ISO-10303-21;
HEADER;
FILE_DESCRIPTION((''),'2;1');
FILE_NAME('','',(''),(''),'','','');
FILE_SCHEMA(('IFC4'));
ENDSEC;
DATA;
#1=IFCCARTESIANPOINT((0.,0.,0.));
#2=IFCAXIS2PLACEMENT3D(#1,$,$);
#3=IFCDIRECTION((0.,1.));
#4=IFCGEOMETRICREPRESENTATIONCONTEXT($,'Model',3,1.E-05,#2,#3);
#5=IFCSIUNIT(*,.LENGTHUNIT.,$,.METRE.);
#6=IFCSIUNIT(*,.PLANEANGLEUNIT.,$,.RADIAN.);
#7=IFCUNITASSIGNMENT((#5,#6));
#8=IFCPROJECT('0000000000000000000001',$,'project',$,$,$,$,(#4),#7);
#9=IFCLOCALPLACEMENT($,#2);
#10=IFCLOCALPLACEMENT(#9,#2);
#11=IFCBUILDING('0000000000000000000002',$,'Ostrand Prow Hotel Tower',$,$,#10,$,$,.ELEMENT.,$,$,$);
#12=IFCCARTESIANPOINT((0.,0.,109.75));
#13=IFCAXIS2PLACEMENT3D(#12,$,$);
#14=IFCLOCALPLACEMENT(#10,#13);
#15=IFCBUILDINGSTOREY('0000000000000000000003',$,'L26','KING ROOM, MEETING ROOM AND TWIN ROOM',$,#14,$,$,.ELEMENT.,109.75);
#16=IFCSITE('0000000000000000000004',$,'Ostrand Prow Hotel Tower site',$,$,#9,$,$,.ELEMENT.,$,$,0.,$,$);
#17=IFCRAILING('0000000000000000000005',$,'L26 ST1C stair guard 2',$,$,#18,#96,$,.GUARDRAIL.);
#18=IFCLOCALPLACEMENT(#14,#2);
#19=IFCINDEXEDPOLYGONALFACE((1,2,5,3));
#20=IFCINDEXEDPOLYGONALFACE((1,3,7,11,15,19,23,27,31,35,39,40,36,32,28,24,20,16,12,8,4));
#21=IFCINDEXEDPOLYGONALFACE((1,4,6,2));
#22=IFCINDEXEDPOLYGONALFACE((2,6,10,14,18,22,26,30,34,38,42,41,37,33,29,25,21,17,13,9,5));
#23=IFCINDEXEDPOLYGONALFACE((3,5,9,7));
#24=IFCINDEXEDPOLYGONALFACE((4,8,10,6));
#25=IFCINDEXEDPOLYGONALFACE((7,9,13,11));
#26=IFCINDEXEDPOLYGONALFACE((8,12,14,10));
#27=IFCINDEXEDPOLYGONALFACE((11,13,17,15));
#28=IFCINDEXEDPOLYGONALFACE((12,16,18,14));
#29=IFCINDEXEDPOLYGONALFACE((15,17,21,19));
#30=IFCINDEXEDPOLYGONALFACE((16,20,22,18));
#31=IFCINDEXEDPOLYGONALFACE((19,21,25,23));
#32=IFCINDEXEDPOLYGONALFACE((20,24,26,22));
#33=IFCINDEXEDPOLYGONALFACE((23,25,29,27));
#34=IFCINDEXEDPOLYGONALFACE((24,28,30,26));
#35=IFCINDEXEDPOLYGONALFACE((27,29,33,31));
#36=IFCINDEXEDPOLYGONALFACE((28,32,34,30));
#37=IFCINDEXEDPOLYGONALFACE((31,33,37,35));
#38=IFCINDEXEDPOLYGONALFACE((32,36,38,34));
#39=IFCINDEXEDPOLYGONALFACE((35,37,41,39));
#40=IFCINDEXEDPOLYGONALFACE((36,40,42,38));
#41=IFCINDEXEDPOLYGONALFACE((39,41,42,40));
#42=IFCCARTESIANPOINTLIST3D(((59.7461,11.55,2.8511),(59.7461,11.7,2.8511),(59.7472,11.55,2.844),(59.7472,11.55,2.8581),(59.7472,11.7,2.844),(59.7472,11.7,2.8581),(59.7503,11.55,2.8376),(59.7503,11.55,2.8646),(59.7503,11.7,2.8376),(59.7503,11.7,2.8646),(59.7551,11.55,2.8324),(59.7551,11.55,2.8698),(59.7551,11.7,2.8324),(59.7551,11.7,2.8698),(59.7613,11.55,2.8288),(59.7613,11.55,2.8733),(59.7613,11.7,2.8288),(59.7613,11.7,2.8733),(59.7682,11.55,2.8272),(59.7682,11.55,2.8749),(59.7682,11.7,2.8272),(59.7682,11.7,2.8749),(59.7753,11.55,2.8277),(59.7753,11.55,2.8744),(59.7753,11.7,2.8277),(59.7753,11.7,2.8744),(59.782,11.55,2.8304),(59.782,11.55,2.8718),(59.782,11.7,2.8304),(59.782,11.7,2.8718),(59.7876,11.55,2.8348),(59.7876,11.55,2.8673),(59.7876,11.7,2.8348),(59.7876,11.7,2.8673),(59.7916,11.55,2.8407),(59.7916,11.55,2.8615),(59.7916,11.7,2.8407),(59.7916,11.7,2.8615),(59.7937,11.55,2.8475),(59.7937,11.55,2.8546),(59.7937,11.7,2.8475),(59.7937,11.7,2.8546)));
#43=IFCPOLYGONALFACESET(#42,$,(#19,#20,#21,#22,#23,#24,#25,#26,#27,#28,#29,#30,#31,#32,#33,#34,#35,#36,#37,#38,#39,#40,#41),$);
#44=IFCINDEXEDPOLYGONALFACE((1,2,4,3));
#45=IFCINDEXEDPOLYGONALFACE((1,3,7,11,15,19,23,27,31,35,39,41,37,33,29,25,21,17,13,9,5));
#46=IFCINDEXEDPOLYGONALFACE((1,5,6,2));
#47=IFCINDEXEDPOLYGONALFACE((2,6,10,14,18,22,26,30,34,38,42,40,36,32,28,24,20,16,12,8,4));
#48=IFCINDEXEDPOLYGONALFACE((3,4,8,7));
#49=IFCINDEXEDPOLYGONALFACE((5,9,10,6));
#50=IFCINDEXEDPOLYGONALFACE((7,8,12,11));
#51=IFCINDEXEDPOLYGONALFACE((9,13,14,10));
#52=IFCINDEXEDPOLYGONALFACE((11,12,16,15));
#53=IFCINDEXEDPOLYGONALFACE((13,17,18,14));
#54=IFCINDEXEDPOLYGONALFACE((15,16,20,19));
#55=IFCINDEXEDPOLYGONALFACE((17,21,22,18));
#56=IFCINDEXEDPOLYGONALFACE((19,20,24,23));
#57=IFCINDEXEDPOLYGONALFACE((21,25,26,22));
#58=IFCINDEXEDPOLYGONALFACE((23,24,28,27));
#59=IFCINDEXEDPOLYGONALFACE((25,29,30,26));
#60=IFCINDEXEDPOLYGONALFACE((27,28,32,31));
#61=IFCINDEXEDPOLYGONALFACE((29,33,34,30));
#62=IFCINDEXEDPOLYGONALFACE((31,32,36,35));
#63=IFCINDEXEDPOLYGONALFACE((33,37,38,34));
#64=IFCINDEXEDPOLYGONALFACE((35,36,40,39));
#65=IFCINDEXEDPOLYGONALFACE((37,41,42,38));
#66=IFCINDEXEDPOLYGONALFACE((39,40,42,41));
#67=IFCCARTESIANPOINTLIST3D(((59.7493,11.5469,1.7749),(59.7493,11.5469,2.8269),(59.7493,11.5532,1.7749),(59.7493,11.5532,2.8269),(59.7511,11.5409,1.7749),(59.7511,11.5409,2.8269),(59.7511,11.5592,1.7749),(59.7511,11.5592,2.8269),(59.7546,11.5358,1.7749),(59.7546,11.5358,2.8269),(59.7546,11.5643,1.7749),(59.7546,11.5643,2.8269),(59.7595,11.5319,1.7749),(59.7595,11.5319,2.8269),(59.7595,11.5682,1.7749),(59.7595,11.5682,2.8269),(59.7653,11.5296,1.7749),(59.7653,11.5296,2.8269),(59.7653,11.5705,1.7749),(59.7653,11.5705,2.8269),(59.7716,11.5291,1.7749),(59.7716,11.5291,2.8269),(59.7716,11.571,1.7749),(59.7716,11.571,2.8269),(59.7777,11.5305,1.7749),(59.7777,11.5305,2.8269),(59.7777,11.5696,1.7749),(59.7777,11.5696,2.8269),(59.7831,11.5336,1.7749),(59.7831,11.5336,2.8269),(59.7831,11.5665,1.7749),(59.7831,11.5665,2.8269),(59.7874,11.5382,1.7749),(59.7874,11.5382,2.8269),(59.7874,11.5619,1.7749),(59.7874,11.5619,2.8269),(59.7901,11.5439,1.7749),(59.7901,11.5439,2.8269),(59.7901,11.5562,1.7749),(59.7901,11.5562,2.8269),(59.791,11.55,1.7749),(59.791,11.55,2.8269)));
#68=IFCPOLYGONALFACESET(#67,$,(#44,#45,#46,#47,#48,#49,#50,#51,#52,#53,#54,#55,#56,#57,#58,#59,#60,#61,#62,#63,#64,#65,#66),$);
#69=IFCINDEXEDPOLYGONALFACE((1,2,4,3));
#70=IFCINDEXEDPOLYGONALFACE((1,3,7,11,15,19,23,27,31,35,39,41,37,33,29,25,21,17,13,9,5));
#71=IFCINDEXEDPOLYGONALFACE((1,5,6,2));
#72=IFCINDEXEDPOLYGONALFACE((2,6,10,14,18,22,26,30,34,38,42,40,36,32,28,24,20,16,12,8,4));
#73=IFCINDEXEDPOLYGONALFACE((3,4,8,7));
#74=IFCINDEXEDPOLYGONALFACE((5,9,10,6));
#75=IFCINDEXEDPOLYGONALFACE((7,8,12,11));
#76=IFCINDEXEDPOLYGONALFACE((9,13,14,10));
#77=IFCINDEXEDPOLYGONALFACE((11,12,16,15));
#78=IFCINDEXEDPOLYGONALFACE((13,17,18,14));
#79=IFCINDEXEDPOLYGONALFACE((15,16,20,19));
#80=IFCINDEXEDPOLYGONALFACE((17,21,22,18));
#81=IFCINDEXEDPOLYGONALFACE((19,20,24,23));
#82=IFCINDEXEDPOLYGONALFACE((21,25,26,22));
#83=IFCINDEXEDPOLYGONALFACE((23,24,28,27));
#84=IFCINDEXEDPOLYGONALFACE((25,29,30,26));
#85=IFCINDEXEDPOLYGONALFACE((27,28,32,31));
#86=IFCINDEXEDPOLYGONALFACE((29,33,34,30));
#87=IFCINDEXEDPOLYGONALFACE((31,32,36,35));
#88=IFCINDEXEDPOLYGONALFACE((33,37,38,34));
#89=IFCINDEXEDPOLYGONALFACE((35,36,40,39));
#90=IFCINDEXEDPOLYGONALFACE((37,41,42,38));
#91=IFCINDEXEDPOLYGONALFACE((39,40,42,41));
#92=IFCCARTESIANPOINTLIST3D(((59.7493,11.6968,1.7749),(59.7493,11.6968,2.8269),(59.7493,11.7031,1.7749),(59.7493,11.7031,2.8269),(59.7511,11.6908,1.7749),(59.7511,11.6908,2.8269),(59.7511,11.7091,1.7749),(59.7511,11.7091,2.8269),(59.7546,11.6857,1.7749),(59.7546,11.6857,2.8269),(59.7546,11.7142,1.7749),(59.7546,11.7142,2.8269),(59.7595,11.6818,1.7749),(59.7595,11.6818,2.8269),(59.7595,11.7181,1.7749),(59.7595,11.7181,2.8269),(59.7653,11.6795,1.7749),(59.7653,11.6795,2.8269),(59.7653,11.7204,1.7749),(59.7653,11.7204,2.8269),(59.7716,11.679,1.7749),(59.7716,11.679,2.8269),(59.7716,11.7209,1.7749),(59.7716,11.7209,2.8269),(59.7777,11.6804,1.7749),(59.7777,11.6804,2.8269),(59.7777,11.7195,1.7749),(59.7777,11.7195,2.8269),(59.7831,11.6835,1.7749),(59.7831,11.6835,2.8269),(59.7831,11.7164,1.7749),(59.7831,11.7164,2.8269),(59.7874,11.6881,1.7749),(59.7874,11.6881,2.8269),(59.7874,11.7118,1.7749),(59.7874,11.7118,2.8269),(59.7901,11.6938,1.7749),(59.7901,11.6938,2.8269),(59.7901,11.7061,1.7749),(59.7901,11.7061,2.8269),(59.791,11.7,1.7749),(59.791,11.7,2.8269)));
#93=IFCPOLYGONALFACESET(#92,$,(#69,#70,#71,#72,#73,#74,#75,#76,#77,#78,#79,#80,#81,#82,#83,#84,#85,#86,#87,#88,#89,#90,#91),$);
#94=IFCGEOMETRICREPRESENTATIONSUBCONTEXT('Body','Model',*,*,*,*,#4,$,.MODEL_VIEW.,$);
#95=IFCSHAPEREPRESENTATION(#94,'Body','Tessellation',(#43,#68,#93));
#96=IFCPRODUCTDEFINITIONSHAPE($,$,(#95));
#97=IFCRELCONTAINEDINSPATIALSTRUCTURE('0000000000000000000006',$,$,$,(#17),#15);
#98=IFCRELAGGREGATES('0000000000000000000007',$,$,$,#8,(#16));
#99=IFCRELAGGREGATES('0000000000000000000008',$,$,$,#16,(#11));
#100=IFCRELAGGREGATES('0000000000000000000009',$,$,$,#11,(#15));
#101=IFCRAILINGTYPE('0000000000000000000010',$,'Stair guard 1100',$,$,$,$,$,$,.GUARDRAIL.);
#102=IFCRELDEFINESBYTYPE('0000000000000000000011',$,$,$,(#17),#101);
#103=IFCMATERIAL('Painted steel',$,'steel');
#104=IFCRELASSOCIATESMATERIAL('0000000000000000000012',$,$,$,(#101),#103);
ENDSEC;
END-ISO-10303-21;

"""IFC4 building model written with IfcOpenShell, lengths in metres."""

from ifc_helpers import new_model, si_unit, direction, frame, origin, origin_2d, place, context, subcontext, project, spatial, circle, extrude, material, type_object, element, save


model = new_model("IFC4")

# Units and contexts
model_context = context("Model", 3, precision=1e-05, world=origin(), true_north=direction((0.0, 1.0)))
body_context = subcontext(model_context, "Body", "Model", "MODEL_VIEW")
ifc_project = project(units=[si_unit("LENGTHUNIT", "METRE"), si_unit("PLANEANGLEUNIT", "RADIAN")], contexts=[model_context])

# Site, building, storey
site_placement = place(None, origin())
site = spatial("IfcSite", under=ifc_project, at=site_placement, Name="Ostrand Prow Hotel Tower site", CompositionType="ELEMENT", RefElevation=0.0)
building_placement = place(site_placement, origin())
building = spatial("IfcBuilding", under=site, at=building_placement, Name="Ostrand Prow Hotel Tower", CompositionType="ELEMENT")
storey_placement = place(building_placement, frame((0.0, 0.0, 109.75)))
storey = spatial("IfcBuildingStorey", under=building, at=storey_placement, Name="L26", Description="KING ROOM, MEETING ROOM AND TWIN ROOM", CompositionType="ELEMENT", Elevation=109.75)

# Railing
ifc_material_1 = material(Name="Painted steel", Category="steel")
railing_type_1 = type_object("IfcRailingType", Name="Stair guard 1100", PredefinedType="GUARDRAIL", material=ifc_material_1)
railing_1_placement = place(storey_placement, frame((59.77, 11.55, 1.7749)))
element("IfcRailing", 1, at=railing_1_placement, inside=storey, type_object=railing_type_1, Name="L26 ST1C stair guard 2", PredefinedType="GUARDRAIL", context=body_context, shape_type="SweptSolid", body=[
    extrude(circle(Radius=0.0239, at=origin_2d()), frame((0.0, 0.0, 1.0762), z_axis=(0.0, 1.0, 0.0), x_axis=(-1.0, 0.0, 0.0)), (0.0, 0.0, 1.0), 0.1499),
    extrude(circle(Radius=0.021, at=origin_2d()), origin(), (0.0, 0.0, 1.0), 1.052),
    extrude(circle(Radius=0.021, at=origin_2d()), frame((0.0, 0.1499, 0.0)), (0.0, 0.0, 1.0), 1.052),
])

save(model, "model.ifc")
